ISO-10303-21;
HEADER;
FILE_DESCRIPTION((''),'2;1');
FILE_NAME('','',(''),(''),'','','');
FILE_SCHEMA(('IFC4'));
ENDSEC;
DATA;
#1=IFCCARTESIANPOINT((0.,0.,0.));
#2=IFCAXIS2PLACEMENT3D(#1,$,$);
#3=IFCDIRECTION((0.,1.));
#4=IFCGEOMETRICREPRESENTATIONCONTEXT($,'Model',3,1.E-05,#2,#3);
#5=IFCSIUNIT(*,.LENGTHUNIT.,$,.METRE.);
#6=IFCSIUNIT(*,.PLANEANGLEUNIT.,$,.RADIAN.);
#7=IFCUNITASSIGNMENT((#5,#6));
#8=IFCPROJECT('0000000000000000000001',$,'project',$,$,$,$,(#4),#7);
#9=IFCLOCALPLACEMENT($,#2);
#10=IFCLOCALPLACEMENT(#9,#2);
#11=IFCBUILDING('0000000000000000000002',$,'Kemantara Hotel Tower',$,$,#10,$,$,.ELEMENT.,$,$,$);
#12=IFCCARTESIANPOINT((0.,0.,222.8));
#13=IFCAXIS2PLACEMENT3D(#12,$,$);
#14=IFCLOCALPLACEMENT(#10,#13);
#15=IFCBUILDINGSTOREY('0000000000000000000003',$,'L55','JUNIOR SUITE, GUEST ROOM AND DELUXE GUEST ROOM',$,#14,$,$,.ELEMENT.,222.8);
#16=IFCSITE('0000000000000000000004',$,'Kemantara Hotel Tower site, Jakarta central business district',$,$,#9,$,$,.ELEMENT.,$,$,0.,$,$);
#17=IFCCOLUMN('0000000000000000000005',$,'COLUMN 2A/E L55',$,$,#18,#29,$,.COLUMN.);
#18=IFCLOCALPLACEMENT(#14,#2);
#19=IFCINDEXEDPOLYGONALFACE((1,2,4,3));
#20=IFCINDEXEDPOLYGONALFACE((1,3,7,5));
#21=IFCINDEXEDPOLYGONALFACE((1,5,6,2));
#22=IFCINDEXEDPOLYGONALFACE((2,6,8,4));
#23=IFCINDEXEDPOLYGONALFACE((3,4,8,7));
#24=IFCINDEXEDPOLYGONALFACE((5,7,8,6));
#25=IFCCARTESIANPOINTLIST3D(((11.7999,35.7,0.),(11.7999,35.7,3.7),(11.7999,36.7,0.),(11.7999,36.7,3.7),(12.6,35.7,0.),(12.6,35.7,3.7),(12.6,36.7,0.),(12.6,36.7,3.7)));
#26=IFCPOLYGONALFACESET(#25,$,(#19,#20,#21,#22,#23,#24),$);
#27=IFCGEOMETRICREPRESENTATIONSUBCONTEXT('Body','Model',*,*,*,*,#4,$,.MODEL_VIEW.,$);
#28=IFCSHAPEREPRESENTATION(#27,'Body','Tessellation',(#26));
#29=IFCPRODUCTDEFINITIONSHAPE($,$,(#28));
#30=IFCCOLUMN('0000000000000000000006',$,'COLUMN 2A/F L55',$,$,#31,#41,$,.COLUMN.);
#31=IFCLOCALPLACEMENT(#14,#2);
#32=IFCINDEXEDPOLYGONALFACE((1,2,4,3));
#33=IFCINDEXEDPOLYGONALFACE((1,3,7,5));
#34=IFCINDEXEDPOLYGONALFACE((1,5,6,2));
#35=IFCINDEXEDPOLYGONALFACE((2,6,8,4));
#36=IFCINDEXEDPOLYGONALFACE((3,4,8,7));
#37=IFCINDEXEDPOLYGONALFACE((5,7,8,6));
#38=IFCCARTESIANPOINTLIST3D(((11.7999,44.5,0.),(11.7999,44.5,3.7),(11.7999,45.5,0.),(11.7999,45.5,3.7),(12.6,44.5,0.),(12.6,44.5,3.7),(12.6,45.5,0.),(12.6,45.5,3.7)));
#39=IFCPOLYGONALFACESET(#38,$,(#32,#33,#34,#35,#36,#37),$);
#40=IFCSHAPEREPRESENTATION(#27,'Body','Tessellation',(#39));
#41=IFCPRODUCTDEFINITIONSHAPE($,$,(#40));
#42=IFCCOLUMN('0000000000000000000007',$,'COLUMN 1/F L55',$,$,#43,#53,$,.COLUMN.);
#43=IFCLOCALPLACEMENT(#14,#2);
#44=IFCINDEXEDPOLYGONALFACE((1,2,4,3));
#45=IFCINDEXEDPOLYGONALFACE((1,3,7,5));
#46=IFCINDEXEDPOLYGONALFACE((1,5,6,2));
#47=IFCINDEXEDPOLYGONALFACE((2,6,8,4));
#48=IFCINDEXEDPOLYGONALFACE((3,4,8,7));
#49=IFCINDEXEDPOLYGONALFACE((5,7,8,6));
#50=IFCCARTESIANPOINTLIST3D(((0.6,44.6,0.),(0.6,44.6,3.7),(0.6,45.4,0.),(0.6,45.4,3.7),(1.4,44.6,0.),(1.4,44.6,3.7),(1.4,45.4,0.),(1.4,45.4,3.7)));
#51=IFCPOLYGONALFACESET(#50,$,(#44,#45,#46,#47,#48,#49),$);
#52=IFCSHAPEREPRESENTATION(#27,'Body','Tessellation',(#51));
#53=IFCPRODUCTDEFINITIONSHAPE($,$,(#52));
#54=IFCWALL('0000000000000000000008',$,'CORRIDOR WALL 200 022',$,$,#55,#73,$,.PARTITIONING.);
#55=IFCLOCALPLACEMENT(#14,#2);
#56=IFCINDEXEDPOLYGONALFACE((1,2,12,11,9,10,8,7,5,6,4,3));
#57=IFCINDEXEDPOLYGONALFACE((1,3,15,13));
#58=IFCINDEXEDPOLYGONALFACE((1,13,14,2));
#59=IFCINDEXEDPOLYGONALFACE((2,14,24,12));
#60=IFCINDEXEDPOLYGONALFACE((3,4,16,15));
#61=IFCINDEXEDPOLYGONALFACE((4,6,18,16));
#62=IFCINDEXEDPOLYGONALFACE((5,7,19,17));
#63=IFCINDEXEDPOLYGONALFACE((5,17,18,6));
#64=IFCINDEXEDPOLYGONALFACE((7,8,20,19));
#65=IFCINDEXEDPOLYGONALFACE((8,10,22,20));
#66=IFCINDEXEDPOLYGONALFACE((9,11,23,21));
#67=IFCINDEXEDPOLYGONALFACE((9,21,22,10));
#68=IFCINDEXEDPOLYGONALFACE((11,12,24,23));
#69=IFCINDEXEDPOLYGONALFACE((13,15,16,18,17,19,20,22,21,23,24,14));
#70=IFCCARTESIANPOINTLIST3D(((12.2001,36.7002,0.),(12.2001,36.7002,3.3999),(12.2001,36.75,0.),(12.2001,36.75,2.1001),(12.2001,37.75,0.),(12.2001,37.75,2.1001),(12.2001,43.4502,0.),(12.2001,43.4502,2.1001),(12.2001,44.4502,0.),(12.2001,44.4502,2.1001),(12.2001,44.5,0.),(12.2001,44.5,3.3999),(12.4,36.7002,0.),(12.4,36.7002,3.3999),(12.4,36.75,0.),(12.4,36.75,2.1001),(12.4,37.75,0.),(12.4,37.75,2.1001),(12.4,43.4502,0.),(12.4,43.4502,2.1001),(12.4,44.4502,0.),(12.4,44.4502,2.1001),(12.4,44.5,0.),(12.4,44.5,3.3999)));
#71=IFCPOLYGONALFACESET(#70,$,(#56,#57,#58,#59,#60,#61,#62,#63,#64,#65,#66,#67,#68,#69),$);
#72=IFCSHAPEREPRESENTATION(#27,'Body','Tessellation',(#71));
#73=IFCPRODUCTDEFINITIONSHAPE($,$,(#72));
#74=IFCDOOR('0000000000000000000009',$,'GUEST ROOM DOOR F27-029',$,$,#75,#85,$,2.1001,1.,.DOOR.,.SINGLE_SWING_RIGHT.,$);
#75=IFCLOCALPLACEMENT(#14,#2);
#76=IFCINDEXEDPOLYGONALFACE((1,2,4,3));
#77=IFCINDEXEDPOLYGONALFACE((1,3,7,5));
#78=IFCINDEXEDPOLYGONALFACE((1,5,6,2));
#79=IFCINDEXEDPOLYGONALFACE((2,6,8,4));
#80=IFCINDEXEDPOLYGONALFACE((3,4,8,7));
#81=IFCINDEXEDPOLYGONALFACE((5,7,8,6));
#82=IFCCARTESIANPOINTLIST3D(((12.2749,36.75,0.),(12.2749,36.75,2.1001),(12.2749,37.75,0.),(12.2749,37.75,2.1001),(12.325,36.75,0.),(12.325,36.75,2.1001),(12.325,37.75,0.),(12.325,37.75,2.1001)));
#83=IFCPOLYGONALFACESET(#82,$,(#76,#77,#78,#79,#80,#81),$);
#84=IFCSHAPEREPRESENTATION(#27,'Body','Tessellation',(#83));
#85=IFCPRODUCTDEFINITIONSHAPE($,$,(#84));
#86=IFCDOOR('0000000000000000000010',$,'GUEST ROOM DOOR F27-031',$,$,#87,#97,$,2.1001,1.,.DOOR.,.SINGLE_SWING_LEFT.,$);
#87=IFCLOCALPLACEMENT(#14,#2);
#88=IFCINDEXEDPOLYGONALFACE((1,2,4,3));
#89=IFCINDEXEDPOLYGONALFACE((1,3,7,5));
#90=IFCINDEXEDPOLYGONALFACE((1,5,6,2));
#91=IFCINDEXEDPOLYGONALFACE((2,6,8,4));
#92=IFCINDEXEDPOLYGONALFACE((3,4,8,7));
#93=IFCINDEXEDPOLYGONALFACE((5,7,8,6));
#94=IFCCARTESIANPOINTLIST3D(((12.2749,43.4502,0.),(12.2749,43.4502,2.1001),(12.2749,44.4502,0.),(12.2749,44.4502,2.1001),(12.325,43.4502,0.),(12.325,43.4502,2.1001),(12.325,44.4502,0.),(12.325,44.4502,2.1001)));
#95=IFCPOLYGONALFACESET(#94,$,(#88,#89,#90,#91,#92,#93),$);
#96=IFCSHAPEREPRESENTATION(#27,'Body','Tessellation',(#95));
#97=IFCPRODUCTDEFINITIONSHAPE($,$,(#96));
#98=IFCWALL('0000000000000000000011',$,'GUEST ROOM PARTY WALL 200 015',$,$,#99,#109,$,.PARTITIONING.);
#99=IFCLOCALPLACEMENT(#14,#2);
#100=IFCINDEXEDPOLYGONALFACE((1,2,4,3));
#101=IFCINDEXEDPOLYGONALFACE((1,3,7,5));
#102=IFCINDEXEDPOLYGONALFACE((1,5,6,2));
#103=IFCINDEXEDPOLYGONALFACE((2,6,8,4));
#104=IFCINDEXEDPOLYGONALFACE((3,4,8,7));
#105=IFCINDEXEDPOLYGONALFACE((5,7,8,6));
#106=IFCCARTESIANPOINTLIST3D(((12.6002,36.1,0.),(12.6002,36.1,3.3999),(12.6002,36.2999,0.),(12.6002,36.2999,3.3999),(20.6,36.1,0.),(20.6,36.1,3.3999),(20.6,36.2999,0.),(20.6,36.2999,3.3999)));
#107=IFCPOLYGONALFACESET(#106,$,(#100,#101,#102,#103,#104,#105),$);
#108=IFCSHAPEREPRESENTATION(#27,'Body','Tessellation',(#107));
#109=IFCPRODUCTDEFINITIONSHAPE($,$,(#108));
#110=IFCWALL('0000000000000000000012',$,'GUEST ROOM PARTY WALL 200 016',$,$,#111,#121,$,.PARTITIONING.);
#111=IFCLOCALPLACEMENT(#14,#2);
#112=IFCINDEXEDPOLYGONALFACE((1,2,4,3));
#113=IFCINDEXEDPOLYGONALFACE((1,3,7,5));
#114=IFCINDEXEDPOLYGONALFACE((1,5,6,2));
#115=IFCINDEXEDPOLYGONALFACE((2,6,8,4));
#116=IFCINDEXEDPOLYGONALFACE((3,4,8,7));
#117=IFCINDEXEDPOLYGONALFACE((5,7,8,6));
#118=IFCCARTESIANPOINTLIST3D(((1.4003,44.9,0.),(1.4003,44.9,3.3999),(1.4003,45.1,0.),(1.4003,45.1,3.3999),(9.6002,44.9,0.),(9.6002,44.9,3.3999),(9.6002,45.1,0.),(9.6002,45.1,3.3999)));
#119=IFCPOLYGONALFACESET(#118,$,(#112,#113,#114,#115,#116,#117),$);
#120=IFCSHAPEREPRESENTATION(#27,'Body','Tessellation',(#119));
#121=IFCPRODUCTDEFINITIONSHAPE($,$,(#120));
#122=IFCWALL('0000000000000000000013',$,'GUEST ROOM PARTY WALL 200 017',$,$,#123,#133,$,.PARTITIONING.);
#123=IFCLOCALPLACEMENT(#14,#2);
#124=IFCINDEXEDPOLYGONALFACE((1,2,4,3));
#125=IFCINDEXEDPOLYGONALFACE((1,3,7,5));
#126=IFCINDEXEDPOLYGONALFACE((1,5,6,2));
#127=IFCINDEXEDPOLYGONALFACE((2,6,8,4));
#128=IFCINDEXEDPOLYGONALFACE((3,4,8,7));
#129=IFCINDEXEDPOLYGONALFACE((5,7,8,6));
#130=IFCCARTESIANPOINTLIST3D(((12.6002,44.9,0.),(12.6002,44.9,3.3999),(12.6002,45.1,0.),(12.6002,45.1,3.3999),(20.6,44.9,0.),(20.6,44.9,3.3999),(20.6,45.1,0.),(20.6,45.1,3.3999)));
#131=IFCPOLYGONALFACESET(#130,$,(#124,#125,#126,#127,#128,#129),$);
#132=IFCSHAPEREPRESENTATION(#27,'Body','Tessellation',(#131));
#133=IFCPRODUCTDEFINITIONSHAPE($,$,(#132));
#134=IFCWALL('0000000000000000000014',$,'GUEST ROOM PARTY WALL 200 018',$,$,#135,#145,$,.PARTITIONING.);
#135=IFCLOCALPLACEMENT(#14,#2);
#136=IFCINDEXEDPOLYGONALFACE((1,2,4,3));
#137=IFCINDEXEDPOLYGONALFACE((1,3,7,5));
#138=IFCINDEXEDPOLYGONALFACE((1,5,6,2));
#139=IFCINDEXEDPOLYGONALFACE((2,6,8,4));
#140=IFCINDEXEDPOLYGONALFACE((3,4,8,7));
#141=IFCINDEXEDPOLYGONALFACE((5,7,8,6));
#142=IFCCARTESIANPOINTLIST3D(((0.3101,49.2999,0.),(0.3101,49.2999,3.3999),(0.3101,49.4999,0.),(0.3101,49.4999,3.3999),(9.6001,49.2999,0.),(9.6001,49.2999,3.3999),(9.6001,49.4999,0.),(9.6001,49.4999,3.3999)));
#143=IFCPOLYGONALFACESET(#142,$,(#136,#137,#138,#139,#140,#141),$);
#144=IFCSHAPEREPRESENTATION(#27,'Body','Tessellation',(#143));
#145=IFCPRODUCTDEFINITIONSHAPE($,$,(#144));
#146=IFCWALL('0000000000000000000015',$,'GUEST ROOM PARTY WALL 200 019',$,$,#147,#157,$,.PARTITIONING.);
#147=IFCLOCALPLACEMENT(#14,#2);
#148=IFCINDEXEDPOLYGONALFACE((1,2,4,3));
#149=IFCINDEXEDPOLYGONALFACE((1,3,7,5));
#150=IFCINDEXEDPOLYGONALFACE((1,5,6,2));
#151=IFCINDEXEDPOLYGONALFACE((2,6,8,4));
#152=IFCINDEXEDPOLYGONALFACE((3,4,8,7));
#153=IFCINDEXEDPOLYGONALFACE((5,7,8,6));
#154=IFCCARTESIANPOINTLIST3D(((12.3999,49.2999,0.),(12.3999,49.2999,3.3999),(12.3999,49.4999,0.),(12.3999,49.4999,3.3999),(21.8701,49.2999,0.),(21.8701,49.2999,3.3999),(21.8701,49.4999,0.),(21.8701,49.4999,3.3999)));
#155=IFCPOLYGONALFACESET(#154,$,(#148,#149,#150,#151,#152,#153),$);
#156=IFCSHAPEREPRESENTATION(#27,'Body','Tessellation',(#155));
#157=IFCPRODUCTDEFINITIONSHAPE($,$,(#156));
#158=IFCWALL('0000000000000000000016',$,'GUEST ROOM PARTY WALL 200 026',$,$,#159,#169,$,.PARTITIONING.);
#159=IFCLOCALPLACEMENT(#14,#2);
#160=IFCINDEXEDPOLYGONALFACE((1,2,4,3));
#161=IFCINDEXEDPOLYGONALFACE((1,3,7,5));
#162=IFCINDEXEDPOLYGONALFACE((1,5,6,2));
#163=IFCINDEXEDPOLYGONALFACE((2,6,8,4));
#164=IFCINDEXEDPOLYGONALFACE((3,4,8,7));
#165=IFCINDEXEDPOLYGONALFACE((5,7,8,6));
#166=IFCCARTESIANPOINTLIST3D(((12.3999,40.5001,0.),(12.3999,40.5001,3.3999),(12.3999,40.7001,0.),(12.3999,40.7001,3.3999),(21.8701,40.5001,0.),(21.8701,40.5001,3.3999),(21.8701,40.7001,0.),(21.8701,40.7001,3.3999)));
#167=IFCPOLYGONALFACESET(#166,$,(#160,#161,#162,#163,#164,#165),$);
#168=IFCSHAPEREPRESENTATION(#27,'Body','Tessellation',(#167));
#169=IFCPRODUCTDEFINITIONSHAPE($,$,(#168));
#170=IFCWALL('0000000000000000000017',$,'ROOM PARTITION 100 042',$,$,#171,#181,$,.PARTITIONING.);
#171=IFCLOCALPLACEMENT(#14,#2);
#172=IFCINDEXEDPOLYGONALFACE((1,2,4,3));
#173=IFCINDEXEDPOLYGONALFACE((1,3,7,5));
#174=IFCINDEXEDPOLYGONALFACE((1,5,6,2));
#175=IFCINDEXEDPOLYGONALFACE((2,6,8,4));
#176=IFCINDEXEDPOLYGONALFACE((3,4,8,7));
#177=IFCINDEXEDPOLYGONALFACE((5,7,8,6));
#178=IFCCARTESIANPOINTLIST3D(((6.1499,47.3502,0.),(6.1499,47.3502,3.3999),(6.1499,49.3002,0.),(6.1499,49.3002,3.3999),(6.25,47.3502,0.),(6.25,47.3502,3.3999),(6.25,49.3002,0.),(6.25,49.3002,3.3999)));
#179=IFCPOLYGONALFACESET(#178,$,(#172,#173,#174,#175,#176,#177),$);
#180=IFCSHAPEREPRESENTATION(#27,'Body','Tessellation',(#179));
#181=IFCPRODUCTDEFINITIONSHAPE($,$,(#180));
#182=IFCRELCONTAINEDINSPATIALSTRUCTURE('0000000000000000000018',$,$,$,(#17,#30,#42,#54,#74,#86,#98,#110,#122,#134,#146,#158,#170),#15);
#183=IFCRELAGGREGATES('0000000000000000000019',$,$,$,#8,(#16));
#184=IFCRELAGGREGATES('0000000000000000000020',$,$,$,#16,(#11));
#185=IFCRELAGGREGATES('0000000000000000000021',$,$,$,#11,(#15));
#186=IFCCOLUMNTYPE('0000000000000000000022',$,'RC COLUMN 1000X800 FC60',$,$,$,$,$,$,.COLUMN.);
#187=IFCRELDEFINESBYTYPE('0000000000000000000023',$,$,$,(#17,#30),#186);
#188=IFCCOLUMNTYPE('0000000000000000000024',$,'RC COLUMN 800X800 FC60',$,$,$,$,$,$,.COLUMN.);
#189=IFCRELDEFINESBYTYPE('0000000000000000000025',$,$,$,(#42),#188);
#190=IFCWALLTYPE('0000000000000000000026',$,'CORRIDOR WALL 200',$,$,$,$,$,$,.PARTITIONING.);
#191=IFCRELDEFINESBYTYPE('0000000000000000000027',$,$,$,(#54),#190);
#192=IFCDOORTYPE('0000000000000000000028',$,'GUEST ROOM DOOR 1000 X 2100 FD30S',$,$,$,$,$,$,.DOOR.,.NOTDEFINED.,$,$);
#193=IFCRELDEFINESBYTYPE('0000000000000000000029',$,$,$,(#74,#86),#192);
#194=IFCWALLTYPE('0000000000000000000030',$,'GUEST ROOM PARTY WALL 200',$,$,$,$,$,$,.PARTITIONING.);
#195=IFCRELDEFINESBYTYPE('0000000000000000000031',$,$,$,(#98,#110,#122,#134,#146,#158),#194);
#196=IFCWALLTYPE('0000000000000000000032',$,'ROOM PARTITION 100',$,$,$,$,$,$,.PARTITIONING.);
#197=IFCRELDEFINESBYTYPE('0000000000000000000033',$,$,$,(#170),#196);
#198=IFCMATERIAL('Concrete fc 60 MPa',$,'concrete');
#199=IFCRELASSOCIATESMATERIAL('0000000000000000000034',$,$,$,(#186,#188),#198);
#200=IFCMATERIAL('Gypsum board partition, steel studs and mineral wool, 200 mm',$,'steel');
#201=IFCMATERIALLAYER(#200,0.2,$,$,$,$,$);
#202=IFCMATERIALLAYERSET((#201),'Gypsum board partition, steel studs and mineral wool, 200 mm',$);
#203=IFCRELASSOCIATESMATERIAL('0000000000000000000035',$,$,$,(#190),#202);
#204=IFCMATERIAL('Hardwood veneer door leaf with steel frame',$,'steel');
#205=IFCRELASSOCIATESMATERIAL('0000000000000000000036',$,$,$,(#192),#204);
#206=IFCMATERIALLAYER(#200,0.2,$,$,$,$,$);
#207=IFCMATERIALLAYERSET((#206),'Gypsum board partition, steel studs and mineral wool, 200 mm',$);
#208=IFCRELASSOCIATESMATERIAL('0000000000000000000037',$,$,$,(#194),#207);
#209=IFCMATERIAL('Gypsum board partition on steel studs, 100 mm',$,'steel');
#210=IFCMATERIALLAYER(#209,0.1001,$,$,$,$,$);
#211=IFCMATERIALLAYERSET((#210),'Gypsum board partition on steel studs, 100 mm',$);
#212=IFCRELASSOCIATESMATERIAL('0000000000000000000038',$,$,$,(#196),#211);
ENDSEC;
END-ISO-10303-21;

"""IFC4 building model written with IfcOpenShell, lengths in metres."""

from ifc_helpers import new_model, si_unit, direction, frame, frame_2d, origin, origin_2d, place, context, subcontext, project, spatial, rectangle, extrude, material, layer, layer_set, material_profile, profile_set, type_object, element, fill, save


model = new_model("IFC4")

# Units and contexts
model_context = context("Model", 3, precision=1e-05, world=origin(), true_north=direction((0.0, 1.0)))
body_context = subcontext(model_context, "Body", "Model", "MODEL_VIEW")
ifc_project = project(units=[si_unit("LENGTHUNIT", "METRE"), si_unit("PLANEANGLEUNIT", "RADIAN")], contexts=[model_context])

# Site, building, storey
site_placement = place(None, origin())
site = spatial("IfcSite", under=ifc_project, at=site_placement, Name="Kemantara Hotel Tower site, Jakarta central business district", CompositionType="ELEMENT", RefElevation=0.0)
building_placement = place(site_placement, origin())
building = spatial("IfcBuilding", under=site, at=building_placement, Name="Kemantara Hotel Tower", CompositionType="ELEMENT")
storey_placement = place(building_placement, frame((0.0, 0.0, 222.8)))
storey = spatial("IfcBuildingStorey", under=building, at=storey_placement, Name="L55", Description="JUNIOR SUITE, GUEST ROOM AND DELUXE GUEST ROOM", CompositionType="ELEMENT", Elevation=222.8)

# Columns
ifc_material_1 = material(Name="Concrete fc 60 MPa", Category="concrete")
ifc_material_profile_1 = material_profile(ifc_material_1, rectangle(XDim=1.0, YDim=0.8, at=origin_2d()), Name="RC 1000X800")
ifc_profile_set_1 = profile_set([ifc_material_profile_1], Name="Concrete fc 60 MPa")
column_type_1 = type_object("IfcColumnType", Name="RC COLUMN 1000X800 FC60", PredefinedType="COLUMN", material=ifc_profile_set_1)
for number, where, z_axis, x_axis, name in (
    (1, (12.2, 36.2, 0.0), (0.0, 0.0, 1.0), (0.0, 1.0, 0.0), "COLUMN 2A/E L55"),
    (2, (12.2, 45.0, 0.0), (0.0, 0.0, 1.0), (0.0, 1.0, 0.0), "COLUMN 2A/F L55"),
):
    element("IfcColumn", number, at=place(storey_placement, frame(where, z_axis=z_axis, x_axis=x_axis)), inside=storey, type_object=column_type_1, Name=name, PredefinedType="COLUMN", context=body_context, shape_type="SweptSolid", body=[
        extrude(rectangle(XDim=1.0, YDim=0.8, at=origin_2d()), origin(), (0.0, 0.0, 1.0), 3.7),
    ])
ifc_material_profile_2 = material_profile(ifc_material_1, rectangle(XDim=0.8, YDim=0.8, at=origin_2d()), Name="RC 800X800")
ifc_profile_set_2 = profile_set([ifc_material_profile_2], Name="Concrete fc 60 MPa")
column_type_2 = type_object("IfcColumnType", Name="RC COLUMN 800X800 FC60", PredefinedType="COLUMN", material=ifc_profile_set_2)
column_placement = place(storey_placement, frame((1.0, 45.0, 0.0), z_axis=(0.0, 0.0, 1.0), x_axis=(1.0, 0.0, 0.0)))
element("IfcColumn", 3, at=column_placement, inside=storey, type_object=column_type_2, Name="COLUMN 1/F L55", PredefinedType="COLUMN", context=body_context, shape_type="SweptSolid", body=[
    extrude(rectangle(XDim=0.8, YDim=0.8, at=origin_2d()), origin(), (0.0, 0.0, 1.0), 3.7),
])

# Wall, openings, doors
ifc_material_2 = material(Name="Gypsum board partition, steel studs and mineral wool, 200 mm", Category="steel")
ifc_layer_1 = layer(ifc_material_2, 0.2)
ifc_layer_set_1 = layer_set([ifc_layer_1], Name="Gypsum board partition, steel studs and mineral wool, 200 mm")
wall_type_1 = type_object("IfcWallType", Name="CORRIDOR WALL 200", PredefinedType="PARTITIONING", material=ifc_layer_set_1)
wall_1_placement = place(storey_placement, frame((12.3, 44.5, 0.0), z_axis=(0.0, 0.0, 1.0), x_axis=(0.0, -1.0, 0.0)))
wall_1 = element("IfcWall", 4, at=wall_1_placement, inside=storey, type_object=wall_type_1, Name="CORRIDOR WALL 200 022", PredefinedType="PARTITIONING", context=body_context, shape_type="SweptSolid", body=[
    extrude(rectangle(XDim=7.7998, YDim=0.2, at=frame_2d((3.8999, 0.0))), origin(), (0.0, 0.0, 1.0), 3.3999),
])
opening_1_placement = place(wall_1_placement, frame((6.75, 0.0, 0.0)))
opening_1 = element("IfcOpeningElement", 5, at=opening_1_placement, cuts=wall_1, PredefinedType="OPENING", context=body_context, shape_type="SweptSolid", body=[
    extrude(rectangle(XDim=1.0, YDim=2.1001, at=frame_2d((0.5, 1.05))), frame((0.0, 0.1099, 0.0), z_axis=(0.0, -1.0, 0.0), x_axis=(1.0, 0.0, 0.0)), (0.0, 0.0, 1.0), 0.22),
])
opening_2_placement = place(wall_1_placement, frame((0.0498, 0.0, 0.0)))
opening_2 = element("IfcOpeningElement", 6, at=opening_2_placement, cuts=wall_1, PredefinedType="OPENING", context=body_context, shape_type="SweptSolid", body=[
    extrude(rectangle(XDim=1.0, YDim=2.1001, at=frame_2d((0.5, 1.05))), frame((0.0, 0.1099, 0.0), z_axis=(0.0, -1.0, 0.0), x_axis=(1.0, 0.0, 0.0)), (0.0, 0.0, 1.0), 0.22),
])
ifc_material_3 = material(Name="Hardwood veneer door leaf with steel frame", Category="steel")
door_type_1 = type_object("IfcDoorType", Name="GUEST ROOM DOOR 1000 X 2100 FD30S", OperationType="NOTDEFINED", PredefinedType="DOOR", material=ifc_material_3)
door_1_placement = place(opening_1_placement, origin())
door_1 = element("IfcDoor", 7, at=door_1_placement, inside=storey, type_object=door_type_1, Name="GUEST ROOM DOOR F27-029", OperationType="SINGLE_SWING_RIGHT", OverallHeight=2.1001, OverallWidth=1.0, PredefinedType="DOOR", context=body_context, shape_type="SweptSolid", body=[
    extrude(rectangle(XDim=1.0, YDim=2.1001, at=frame_2d((0.5, 1.05))), frame((0.0, 0.0249, 0.0), z_axis=(0.0, -1.0, 0.0), x_axis=(1.0, 0.0, 0.0)), (0.0, 0.0, 1.0), 0.05),
])
fill(opening_1, door_1)
door_2_placement = place(opening_2_placement, origin())
door_2 = element("IfcDoor", 8, at=door_2_placement, inside=storey, type_object=door_type_1, Name="GUEST ROOM DOOR F27-031", OperationType="SINGLE_SWING_LEFT", OverallHeight=2.1001, OverallWidth=1.0, PredefinedType="DOOR", context=body_context, shape_type="SweptSolid", body=[
    extrude(rectangle(XDim=1.0, YDim=2.1001, at=frame_2d((0.5, 1.05))), frame((0.0, 0.0249, 0.0), z_axis=(0.0, -1.0, 0.0), x_axis=(1.0, 0.0, 0.0)), (0.0, 0.0, 1.0), 0.05),
])
fill(opening_2, door_2)

# Walls
ifc_layer_2 = layer(ifc_material_2, 0.2)
ifc_layer_set_2 = layer_set([ifc_layer_2], Name="Gypsum board partition, steel studs and mineral wool, 200 mm")
wall_type_2 = type_object("IfcWallType", Name="GUEST ROOM PARTY WALL 200", PredefinedType="PARTITIONING", material=ifc_layer_set_2)
wall_2_placement = place(storey_placement, frame((12.6001, 36.2, 0.0), z_axis=(0.0, 0.0, 1.0), x_axis=(1.0, 0.0, 0.0)))
element("IfcWall", 9, at=wall_2_placement, inside=storey, type_object=wall_type_2, Name="GUEST ROOM PARTY WALL 200 015", PredefinedType="PARTITIONING", context=body_context, shape_type="SweptSolid", body=[
    extrude(rectangle(XDim=7.9998, YDim=0.2, at=frame_2d((4.0, 0.0))), origin(), (0.0, 0.0, 1.0), 3.3999),
])
wall_3_placement = place(storey_placement, frame((1.4001, 45.0, 0.0), z_axis=(0.0, 0.0, 1.0), x_axis=(1.0, 0.0, 0.0)))
element("IfcWall", 10, at=wall_3_placement, inside=storey, type_object=wall_type_2, Name="GUEST ROOM PARTY WALL 200 016", PredefinedType="PARTITIONING", context=body_context, shape_type="SweptSolid", body=[
    extrude(rectangle(XDim=8.2, YDim=0.2, at=frame_2d((4.1001, 0.0))), origin(), (0.0, 0.0, 1.0), 3.3999),
])
wall_4_placement = place(storey_placement, frame((12.6001, 45.0, 0.0), z_axis=(0.0, 0.0, 1.0), x_axis=(1.0, 0.0, 0.0)))
element("IfcWall", 11, at=wall_4_placement, inside=storey, type_object=wall_type_2, Name="GUEST ROOM PARTY WALL 200 017", PredefinedType="PARTITIONING", context=body_context, shape_type="SweptSolid", body=[
    extrude(rectangle(XDim=7.9998, YDim=0.2, at=frame_2d((4.0, 0.0))), origin(), (0.0, 0.0, 1.0), 3.3999),
])
wall_5_placement = place(storey_placement, frame((0.3101, 49.3999, 0.0), z_axis=(0.0, 0.0, 1.0), x_axis=(1.0, 0.0, 0.0)))
element("IfcWall", 12, at=wall_5_placement, inside=storey, type_object=wall_type_2, Name="GUEST ROOM PARTY WALL 200 018", PredefinedType="PARTITIONING", context=body_context, shape_type="SweptSolid", body=[
    extrude(rectangle(XDim=9.29, YDim=0.2, at=frame_2d((4.645, 0.0))), origin(), (0.0, 0.0, 1.0), 3.3999),
])
for number, where, z_axis, x_axis, name in (
    (13, (12.3999, 49.3999, 0.0), (0.0, 0.0, 1.0), (1.0, 0.0, 0.0), "GUEST ROOM PARTY WALL 200 019"),
    (14, (12.3999, 40.6001, 0.0), (0.0, 0.0, 1.0), (1.0, 0.0, 0.0), "GUEST ROOM PARTY WALL 200 026"),
):
    element("IfcWall", number, at=place(storey_placement, frame(where, z_axis=z_axis, x_axis=x_axis)), inside=storey, type_object=wall_type_2, Name=name, PredefinedType="PARTITIONING", context=body_context, shape_type="SweptSolid", body=[
        extrude(rectangle(XDim=9.4702, YDim=0.2, at=frame_2d((4.7351, 0.0))), origin(), (0.0, 0.0, 1.0), 3.3999),
    ])
ifc_material_4 = material(Name="Gypsum board partition on steel studs, 100 mm", Category="steel")
ifc_layer_3 = layer(ifc_material_4, 0.1001)
ifc_layer_set_3 = layer_set([ifc_layer_3], Name="Gypsum board partition on steel studs, 100 mm")
wall_type_3 = type_object("IfcWallType", Name="ROOM PARTITION 100", PredefinedType="PARTITIONING", material=ifc_layer_set_3)
wall_6_placement = place(storey_placement, frame((6.2, 47.3501, 0.0), z_axis=(0.0, 0.0, 1.0), x_axis=(0.0, 1.0, 0.0)))
element("IfcWall", 15, at=wall_6_placement, inside=storey, type_object=wall_type_3, Name="ROOM PARTITION 100 042", PredefinedType="PARTITIONING", context=body_context, shape_type="SweptSolid", body=[
    extrude(rectangle(XDim=1.95, YDim=0.1001, at=frame_2d((0.9751, 0.0))), origin(), (0.0, 0.0, 1.0), 3.3999),
])

save(model, "model.ifc")
